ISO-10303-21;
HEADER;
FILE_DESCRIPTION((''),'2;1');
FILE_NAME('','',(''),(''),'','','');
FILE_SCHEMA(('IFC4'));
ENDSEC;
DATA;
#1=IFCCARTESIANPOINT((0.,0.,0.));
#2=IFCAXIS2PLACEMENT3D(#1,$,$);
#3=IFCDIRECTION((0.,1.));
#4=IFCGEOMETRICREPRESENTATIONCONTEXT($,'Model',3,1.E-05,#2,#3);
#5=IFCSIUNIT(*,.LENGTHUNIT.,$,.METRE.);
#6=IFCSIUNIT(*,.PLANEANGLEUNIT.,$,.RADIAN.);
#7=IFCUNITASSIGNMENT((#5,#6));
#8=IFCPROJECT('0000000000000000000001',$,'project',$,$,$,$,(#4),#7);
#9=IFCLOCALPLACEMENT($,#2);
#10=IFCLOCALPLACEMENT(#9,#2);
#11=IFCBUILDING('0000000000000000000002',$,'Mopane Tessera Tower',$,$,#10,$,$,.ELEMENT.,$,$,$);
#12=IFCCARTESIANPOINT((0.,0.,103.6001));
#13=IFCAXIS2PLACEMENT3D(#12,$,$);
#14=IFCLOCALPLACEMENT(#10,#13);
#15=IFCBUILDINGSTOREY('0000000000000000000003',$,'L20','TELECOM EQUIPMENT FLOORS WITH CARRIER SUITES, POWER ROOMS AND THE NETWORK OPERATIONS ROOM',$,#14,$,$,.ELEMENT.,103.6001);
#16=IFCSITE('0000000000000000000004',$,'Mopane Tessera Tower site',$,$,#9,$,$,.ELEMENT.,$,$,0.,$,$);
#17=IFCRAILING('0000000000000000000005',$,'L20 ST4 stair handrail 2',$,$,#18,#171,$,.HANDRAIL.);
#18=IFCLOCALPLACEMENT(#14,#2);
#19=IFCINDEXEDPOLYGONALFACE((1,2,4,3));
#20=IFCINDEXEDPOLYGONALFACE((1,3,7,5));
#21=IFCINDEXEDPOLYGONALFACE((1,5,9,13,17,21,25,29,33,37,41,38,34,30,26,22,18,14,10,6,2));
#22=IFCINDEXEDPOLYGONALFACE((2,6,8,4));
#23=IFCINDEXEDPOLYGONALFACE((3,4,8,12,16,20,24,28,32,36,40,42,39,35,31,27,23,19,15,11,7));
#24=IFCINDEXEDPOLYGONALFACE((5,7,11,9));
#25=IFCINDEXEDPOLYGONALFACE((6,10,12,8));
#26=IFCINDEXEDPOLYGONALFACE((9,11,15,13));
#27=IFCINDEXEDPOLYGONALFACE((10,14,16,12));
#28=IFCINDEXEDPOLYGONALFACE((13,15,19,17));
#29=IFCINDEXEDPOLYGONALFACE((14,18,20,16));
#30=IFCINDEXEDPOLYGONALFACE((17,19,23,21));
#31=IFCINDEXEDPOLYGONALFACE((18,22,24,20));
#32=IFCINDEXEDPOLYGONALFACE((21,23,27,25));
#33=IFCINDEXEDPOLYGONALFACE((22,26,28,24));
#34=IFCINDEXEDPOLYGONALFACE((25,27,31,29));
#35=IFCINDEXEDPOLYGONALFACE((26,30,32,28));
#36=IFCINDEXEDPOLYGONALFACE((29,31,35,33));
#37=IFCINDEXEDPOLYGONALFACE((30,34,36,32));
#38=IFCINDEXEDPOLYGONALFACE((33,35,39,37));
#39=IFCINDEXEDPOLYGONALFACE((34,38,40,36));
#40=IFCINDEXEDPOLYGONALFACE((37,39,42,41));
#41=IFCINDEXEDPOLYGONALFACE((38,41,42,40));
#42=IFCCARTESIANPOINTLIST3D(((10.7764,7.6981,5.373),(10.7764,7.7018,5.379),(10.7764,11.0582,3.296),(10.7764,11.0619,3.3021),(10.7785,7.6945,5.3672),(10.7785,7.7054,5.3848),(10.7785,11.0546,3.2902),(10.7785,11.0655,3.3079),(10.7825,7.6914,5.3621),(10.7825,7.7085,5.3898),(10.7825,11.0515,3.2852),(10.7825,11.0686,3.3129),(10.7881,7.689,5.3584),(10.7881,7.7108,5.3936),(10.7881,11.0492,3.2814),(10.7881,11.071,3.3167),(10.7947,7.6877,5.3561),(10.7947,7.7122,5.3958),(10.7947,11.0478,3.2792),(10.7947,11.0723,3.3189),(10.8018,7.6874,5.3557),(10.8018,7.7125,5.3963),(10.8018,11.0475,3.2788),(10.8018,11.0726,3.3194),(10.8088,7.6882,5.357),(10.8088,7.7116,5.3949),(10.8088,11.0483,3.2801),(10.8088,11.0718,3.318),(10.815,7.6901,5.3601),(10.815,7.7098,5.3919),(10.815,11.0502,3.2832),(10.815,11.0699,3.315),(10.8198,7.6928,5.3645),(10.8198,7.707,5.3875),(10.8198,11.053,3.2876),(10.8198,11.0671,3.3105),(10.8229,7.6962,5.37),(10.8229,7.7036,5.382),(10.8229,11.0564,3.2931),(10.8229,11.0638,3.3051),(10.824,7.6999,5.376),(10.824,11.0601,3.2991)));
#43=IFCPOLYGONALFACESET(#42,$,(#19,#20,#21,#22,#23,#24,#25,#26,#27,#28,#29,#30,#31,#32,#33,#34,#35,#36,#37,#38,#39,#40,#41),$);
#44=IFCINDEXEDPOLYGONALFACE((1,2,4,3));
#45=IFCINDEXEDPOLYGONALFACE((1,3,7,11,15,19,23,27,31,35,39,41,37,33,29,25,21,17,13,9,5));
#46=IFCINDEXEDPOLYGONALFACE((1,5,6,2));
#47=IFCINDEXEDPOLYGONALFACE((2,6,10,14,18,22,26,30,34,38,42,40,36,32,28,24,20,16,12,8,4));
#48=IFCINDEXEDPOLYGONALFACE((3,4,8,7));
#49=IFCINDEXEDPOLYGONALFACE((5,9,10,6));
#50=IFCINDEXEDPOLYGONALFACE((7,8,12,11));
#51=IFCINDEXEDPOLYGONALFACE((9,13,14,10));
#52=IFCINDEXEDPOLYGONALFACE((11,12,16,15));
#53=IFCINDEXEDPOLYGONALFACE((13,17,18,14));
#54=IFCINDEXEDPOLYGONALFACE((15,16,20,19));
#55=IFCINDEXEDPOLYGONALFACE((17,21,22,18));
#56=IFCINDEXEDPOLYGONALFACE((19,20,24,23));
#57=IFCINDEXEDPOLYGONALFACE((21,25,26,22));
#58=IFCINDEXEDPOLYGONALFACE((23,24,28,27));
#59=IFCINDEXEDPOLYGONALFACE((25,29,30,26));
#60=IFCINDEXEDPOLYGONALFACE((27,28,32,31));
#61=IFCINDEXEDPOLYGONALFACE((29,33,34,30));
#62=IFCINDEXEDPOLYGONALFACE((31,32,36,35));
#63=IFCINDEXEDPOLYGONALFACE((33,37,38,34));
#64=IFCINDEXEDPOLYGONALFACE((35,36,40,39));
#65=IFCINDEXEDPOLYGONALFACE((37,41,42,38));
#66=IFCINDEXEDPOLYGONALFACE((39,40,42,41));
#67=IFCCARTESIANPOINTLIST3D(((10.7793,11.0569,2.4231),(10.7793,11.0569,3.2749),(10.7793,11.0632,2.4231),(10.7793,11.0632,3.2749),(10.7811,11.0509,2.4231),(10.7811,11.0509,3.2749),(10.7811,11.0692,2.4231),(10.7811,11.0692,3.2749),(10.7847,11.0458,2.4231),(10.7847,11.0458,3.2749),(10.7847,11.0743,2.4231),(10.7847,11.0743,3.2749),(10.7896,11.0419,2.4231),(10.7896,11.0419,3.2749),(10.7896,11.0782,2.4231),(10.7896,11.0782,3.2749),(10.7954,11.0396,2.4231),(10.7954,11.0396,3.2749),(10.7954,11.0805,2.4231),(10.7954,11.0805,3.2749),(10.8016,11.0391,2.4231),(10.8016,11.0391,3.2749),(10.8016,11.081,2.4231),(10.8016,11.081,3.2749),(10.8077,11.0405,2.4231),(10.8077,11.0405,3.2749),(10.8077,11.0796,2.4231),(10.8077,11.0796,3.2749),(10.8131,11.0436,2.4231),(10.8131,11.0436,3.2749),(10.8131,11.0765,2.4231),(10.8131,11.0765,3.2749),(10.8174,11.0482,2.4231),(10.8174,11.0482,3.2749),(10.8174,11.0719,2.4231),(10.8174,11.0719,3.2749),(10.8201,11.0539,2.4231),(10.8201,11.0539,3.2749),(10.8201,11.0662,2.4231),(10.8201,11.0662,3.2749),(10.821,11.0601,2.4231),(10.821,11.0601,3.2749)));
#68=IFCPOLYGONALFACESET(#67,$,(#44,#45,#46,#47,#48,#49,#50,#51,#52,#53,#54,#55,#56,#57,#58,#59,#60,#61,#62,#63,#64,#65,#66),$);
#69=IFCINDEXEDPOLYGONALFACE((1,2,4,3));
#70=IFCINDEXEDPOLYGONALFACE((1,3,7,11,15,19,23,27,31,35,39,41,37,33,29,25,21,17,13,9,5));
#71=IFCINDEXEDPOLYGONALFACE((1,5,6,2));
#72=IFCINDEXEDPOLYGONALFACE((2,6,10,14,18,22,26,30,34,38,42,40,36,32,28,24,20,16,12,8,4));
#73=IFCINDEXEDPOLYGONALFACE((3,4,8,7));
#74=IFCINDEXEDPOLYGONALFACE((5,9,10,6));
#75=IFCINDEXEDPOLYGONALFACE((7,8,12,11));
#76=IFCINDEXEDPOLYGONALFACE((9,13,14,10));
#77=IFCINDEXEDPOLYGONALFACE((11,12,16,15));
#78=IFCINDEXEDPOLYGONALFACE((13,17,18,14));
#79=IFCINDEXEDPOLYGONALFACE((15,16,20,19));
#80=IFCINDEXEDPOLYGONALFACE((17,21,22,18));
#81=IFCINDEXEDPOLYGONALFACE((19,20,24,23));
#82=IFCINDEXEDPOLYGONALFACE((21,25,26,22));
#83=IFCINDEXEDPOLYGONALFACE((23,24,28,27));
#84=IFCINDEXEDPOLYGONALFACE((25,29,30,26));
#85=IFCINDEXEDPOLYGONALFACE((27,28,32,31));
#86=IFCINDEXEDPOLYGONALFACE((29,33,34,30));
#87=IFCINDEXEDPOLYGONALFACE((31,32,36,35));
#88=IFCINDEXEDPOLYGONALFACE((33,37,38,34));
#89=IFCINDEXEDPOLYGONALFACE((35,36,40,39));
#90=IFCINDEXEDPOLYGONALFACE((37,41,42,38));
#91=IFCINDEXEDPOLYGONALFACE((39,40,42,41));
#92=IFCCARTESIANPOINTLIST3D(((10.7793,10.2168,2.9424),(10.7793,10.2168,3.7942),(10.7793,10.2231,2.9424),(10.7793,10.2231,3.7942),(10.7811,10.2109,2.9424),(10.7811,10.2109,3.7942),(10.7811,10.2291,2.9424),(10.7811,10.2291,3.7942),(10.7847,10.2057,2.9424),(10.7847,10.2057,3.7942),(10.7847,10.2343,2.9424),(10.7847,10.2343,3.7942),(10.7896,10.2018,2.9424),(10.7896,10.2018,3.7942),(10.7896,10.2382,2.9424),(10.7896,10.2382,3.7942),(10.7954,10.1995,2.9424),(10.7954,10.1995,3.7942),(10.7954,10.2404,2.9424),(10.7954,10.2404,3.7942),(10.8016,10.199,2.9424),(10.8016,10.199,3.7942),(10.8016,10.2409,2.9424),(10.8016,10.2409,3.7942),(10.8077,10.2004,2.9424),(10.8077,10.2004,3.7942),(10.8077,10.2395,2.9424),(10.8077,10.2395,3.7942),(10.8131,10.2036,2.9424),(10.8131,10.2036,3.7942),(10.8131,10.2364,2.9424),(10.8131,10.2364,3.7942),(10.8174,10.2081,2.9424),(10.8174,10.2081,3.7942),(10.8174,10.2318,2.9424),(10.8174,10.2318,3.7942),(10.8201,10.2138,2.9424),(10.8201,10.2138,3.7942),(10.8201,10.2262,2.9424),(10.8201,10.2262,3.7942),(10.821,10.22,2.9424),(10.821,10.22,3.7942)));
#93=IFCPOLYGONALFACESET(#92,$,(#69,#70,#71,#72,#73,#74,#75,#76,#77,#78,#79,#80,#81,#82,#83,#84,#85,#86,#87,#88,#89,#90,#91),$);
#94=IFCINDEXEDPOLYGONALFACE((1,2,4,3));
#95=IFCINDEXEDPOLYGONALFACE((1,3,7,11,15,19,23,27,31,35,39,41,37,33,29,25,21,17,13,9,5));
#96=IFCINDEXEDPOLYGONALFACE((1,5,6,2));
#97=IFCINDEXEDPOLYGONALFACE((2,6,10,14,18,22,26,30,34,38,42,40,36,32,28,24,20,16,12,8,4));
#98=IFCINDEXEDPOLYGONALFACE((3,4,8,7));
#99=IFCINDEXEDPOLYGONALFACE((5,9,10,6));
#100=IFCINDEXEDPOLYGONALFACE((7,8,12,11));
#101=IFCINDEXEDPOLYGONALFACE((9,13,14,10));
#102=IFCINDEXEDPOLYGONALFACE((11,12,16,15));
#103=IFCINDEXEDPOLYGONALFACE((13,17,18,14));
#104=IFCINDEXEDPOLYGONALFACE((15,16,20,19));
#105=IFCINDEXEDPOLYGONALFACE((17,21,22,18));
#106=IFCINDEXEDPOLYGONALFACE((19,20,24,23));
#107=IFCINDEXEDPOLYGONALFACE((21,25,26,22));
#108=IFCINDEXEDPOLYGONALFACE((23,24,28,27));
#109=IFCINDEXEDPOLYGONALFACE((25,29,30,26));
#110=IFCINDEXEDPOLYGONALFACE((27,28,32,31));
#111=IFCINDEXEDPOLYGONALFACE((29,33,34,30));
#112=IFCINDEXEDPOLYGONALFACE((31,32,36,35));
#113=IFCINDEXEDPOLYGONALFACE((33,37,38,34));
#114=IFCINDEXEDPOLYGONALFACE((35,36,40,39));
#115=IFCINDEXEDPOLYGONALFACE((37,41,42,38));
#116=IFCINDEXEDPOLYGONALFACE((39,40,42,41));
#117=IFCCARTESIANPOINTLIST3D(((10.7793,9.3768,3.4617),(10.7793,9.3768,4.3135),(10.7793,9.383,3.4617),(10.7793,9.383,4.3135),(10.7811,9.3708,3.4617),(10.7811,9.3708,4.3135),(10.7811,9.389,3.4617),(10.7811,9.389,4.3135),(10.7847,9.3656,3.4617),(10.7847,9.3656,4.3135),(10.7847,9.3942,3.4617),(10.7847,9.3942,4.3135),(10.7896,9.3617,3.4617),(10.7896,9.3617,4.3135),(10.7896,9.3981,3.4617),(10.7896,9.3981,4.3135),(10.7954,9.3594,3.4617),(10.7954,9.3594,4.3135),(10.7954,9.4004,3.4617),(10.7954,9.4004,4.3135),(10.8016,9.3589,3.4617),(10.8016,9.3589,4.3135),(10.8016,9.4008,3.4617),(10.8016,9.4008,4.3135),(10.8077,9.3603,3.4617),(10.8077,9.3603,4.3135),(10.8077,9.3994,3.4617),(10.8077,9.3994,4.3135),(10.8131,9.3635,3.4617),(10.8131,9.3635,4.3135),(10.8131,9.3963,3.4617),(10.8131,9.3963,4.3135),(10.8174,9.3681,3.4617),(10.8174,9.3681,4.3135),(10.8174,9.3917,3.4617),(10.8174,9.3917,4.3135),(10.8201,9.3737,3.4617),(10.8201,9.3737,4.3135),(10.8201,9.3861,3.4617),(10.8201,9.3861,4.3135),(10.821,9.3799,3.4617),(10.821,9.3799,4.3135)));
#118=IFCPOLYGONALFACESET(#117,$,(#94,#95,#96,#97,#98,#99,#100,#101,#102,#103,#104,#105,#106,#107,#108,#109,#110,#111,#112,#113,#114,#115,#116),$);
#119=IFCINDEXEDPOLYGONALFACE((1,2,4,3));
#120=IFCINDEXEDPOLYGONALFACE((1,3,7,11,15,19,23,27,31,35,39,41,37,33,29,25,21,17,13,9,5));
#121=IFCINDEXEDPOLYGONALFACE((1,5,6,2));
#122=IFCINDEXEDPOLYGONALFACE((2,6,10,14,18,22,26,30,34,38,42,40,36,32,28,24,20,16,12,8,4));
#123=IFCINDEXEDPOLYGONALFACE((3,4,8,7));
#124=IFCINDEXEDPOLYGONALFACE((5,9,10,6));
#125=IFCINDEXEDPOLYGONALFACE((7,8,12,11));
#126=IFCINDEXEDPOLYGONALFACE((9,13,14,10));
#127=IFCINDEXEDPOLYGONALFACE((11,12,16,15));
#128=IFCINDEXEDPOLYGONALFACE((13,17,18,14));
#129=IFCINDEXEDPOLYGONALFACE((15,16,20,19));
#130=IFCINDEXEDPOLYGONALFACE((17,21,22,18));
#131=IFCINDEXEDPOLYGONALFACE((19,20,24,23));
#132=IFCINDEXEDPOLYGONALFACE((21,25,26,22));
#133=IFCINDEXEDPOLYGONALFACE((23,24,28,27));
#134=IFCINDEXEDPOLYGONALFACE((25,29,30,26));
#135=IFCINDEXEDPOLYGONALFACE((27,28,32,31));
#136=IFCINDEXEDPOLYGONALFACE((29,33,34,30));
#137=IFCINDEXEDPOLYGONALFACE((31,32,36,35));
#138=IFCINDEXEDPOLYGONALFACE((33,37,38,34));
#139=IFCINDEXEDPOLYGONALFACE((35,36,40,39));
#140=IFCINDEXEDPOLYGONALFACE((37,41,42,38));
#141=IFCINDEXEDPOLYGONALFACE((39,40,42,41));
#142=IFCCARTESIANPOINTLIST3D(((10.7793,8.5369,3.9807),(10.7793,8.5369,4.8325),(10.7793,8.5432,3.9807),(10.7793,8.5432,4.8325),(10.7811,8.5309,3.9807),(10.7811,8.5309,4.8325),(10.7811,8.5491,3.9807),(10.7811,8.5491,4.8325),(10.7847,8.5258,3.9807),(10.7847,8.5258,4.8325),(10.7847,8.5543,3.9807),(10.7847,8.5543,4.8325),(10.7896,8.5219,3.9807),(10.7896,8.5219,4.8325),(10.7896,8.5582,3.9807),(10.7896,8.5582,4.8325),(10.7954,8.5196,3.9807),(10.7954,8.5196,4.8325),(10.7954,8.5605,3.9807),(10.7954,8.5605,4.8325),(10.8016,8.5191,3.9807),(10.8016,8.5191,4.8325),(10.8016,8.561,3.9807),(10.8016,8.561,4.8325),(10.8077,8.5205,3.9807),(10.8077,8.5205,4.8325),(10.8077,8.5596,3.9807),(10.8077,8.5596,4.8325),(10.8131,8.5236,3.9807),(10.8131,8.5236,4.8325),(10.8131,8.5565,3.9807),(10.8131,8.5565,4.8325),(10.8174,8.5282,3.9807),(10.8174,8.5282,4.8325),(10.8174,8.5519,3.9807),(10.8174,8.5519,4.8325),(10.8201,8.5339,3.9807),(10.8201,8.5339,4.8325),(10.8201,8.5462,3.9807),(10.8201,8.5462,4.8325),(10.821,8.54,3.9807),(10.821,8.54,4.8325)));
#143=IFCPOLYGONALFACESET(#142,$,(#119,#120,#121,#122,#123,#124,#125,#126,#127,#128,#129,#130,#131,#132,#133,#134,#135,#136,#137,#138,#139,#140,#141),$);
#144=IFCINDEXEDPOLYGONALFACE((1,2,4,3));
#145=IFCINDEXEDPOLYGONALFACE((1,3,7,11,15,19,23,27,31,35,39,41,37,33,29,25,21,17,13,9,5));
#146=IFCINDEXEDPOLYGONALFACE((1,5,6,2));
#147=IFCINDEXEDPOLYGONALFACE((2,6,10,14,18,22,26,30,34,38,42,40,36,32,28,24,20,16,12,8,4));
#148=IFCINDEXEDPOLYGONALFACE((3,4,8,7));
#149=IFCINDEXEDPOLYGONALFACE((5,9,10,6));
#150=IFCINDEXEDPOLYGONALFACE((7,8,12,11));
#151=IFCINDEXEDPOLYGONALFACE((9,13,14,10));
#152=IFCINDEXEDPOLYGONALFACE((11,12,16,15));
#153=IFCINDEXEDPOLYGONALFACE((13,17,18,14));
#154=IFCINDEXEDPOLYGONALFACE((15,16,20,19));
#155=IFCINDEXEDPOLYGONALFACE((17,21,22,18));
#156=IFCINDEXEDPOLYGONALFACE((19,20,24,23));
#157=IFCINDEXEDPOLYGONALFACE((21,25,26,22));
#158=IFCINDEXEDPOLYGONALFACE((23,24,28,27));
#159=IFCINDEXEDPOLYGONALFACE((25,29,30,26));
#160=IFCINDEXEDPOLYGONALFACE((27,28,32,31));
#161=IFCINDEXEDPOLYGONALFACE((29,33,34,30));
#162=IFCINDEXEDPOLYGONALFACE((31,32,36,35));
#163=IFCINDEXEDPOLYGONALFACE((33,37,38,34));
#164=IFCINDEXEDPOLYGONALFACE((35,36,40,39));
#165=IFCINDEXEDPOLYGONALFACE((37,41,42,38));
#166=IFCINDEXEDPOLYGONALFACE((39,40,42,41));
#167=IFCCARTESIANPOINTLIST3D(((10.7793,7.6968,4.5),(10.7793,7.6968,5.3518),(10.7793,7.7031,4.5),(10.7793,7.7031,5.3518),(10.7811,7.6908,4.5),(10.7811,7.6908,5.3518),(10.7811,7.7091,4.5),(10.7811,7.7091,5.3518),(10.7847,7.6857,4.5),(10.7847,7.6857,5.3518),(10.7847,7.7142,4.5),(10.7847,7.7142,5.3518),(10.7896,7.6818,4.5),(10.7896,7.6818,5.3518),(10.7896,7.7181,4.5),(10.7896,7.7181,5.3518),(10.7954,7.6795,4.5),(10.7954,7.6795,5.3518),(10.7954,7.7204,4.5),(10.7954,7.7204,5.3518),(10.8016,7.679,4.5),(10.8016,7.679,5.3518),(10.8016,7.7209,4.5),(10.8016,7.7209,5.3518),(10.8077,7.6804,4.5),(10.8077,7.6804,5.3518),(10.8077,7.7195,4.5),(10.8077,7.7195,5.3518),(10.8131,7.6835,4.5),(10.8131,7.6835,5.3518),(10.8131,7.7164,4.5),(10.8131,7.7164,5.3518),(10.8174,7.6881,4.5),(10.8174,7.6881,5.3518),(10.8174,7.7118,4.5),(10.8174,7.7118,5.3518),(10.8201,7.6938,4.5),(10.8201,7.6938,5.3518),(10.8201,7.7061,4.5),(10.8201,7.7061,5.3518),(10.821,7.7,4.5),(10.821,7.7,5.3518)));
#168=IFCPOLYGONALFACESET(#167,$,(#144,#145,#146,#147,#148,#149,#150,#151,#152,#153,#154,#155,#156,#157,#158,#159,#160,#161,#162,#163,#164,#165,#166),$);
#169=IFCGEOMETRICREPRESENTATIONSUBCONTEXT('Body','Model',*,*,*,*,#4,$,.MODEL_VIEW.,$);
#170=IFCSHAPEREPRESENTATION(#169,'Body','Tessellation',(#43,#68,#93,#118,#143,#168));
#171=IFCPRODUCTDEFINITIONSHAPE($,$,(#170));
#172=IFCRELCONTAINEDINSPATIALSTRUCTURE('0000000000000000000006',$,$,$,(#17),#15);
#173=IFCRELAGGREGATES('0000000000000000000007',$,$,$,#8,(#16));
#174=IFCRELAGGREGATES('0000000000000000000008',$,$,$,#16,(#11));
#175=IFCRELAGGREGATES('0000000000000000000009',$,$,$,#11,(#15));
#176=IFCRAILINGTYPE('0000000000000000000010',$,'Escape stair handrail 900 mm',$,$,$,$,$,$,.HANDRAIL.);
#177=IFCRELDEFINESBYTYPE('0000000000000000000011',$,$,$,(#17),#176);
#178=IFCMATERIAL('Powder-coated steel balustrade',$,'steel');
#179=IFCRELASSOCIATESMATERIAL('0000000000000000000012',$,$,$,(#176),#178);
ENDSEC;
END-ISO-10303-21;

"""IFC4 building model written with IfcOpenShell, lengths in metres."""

from ifc_helpers import new_model, si_unit, direction, frame, origin, origin_2d, place, context, subcontext, project, spatial, circle, extrude, material, type_object, element, save


model = new_model("IFC4")

# Units and contexts
model_context = context("Model", 3, precision=1e-05, world=origin(), true_north=direction((0.0, 1.0)))
body_context = subcontext(model_context, "Body", "Model", "MODEL_VIEW")
ifc_project = project(units=[si_unit("LENGTHUNIT", "METRE"), si_unit("PLANEANGLEUNIT", "RADIAN")], contexts=[model_context])

# Site, building, storey
site_placement = place(None, origin())
site = spatial("IfcSite", under=ifc_project, at=site_placement, Name="Mopane Tessera Tower site", CompositionType="ELEMENT", RefElevation=0.0)
building_placement = place(site_placement, origin())
building = spatial("IfcBuilding", under=site, at=building_placement, Name="Mopane Tessera Tower", CompositionType="ELEMENT")
storey_placement = place(building_placement, frame((0.0, 0.0, 103.6001)))
storey = spatial("IfcBuildingStorey", under=building, at=storey_placement, Name="L20", Description="TELECOM EQUIPMENT FLOORS WITH CARRIER SUITES, POWER ROOMS AND THE NETWORK OPERATIONS ROOM", CompositionType="ELEMENT", Elevation=103.6001)

# Railing
ifc_material_1 = material(Name="Powder-coated steel balustrade", Category="steel")
railing_type_1 = type_object("IfcRailingType", Name="Escape stair handrail 900 mm", PredefinedType="HANDRAIL", material=ifc_material_1)
railing_1_placement = place(storey_placement, frame((10.8, 11.0601, 2.4231)))
element("IfcRailing", 1, at=railing_1_placement, inside=storey, type_object=railing_type_1, Name="L20 ST4 stair handrail 2", PredefinedType="HANDRAIL", context=body_context, shape_type="SweptSolid", body=[
    extrude(circle(Radius=0.0239, at=origin_2d()), frame((0.0, 0.0, 0.876), z_axis=(0.0, -0.850623, 0.525776), x_axis=(1.0, 0.0, 0.0)), (0.0, 0.0, 1.0), 3.9502),
    extrude(circle(Radius=0.021, at=origin_2d()), origin(), (0.0, 0.0, 1.0), 0.8518),
    extrude(circle(Radius=0.021, at=origin_2d()), frame((0.0, -0.8401, 0.5193)), (0.0, 0.0, 1.0), 0.8518),
    extrude(circle(Radius=0.021, at=origin_2d()), frame((0.0, -1.6802, 1.0386)), (0.0, 0.0, 1.0), 0.8518),
    extrude(circle(Radius=0.021, at=origin_2d()), frame((0.0, -2.52, 1.5576)), (0.0, 0.0, 1.0), 0.8518),
    extrude(circle(Radius=0.021, at=origin_2d()), frame((0.0, -3.3601, 2.0769)), (0.0, 0.0, 1.0), 0.8518),
])

save(model, "model.ifc")
